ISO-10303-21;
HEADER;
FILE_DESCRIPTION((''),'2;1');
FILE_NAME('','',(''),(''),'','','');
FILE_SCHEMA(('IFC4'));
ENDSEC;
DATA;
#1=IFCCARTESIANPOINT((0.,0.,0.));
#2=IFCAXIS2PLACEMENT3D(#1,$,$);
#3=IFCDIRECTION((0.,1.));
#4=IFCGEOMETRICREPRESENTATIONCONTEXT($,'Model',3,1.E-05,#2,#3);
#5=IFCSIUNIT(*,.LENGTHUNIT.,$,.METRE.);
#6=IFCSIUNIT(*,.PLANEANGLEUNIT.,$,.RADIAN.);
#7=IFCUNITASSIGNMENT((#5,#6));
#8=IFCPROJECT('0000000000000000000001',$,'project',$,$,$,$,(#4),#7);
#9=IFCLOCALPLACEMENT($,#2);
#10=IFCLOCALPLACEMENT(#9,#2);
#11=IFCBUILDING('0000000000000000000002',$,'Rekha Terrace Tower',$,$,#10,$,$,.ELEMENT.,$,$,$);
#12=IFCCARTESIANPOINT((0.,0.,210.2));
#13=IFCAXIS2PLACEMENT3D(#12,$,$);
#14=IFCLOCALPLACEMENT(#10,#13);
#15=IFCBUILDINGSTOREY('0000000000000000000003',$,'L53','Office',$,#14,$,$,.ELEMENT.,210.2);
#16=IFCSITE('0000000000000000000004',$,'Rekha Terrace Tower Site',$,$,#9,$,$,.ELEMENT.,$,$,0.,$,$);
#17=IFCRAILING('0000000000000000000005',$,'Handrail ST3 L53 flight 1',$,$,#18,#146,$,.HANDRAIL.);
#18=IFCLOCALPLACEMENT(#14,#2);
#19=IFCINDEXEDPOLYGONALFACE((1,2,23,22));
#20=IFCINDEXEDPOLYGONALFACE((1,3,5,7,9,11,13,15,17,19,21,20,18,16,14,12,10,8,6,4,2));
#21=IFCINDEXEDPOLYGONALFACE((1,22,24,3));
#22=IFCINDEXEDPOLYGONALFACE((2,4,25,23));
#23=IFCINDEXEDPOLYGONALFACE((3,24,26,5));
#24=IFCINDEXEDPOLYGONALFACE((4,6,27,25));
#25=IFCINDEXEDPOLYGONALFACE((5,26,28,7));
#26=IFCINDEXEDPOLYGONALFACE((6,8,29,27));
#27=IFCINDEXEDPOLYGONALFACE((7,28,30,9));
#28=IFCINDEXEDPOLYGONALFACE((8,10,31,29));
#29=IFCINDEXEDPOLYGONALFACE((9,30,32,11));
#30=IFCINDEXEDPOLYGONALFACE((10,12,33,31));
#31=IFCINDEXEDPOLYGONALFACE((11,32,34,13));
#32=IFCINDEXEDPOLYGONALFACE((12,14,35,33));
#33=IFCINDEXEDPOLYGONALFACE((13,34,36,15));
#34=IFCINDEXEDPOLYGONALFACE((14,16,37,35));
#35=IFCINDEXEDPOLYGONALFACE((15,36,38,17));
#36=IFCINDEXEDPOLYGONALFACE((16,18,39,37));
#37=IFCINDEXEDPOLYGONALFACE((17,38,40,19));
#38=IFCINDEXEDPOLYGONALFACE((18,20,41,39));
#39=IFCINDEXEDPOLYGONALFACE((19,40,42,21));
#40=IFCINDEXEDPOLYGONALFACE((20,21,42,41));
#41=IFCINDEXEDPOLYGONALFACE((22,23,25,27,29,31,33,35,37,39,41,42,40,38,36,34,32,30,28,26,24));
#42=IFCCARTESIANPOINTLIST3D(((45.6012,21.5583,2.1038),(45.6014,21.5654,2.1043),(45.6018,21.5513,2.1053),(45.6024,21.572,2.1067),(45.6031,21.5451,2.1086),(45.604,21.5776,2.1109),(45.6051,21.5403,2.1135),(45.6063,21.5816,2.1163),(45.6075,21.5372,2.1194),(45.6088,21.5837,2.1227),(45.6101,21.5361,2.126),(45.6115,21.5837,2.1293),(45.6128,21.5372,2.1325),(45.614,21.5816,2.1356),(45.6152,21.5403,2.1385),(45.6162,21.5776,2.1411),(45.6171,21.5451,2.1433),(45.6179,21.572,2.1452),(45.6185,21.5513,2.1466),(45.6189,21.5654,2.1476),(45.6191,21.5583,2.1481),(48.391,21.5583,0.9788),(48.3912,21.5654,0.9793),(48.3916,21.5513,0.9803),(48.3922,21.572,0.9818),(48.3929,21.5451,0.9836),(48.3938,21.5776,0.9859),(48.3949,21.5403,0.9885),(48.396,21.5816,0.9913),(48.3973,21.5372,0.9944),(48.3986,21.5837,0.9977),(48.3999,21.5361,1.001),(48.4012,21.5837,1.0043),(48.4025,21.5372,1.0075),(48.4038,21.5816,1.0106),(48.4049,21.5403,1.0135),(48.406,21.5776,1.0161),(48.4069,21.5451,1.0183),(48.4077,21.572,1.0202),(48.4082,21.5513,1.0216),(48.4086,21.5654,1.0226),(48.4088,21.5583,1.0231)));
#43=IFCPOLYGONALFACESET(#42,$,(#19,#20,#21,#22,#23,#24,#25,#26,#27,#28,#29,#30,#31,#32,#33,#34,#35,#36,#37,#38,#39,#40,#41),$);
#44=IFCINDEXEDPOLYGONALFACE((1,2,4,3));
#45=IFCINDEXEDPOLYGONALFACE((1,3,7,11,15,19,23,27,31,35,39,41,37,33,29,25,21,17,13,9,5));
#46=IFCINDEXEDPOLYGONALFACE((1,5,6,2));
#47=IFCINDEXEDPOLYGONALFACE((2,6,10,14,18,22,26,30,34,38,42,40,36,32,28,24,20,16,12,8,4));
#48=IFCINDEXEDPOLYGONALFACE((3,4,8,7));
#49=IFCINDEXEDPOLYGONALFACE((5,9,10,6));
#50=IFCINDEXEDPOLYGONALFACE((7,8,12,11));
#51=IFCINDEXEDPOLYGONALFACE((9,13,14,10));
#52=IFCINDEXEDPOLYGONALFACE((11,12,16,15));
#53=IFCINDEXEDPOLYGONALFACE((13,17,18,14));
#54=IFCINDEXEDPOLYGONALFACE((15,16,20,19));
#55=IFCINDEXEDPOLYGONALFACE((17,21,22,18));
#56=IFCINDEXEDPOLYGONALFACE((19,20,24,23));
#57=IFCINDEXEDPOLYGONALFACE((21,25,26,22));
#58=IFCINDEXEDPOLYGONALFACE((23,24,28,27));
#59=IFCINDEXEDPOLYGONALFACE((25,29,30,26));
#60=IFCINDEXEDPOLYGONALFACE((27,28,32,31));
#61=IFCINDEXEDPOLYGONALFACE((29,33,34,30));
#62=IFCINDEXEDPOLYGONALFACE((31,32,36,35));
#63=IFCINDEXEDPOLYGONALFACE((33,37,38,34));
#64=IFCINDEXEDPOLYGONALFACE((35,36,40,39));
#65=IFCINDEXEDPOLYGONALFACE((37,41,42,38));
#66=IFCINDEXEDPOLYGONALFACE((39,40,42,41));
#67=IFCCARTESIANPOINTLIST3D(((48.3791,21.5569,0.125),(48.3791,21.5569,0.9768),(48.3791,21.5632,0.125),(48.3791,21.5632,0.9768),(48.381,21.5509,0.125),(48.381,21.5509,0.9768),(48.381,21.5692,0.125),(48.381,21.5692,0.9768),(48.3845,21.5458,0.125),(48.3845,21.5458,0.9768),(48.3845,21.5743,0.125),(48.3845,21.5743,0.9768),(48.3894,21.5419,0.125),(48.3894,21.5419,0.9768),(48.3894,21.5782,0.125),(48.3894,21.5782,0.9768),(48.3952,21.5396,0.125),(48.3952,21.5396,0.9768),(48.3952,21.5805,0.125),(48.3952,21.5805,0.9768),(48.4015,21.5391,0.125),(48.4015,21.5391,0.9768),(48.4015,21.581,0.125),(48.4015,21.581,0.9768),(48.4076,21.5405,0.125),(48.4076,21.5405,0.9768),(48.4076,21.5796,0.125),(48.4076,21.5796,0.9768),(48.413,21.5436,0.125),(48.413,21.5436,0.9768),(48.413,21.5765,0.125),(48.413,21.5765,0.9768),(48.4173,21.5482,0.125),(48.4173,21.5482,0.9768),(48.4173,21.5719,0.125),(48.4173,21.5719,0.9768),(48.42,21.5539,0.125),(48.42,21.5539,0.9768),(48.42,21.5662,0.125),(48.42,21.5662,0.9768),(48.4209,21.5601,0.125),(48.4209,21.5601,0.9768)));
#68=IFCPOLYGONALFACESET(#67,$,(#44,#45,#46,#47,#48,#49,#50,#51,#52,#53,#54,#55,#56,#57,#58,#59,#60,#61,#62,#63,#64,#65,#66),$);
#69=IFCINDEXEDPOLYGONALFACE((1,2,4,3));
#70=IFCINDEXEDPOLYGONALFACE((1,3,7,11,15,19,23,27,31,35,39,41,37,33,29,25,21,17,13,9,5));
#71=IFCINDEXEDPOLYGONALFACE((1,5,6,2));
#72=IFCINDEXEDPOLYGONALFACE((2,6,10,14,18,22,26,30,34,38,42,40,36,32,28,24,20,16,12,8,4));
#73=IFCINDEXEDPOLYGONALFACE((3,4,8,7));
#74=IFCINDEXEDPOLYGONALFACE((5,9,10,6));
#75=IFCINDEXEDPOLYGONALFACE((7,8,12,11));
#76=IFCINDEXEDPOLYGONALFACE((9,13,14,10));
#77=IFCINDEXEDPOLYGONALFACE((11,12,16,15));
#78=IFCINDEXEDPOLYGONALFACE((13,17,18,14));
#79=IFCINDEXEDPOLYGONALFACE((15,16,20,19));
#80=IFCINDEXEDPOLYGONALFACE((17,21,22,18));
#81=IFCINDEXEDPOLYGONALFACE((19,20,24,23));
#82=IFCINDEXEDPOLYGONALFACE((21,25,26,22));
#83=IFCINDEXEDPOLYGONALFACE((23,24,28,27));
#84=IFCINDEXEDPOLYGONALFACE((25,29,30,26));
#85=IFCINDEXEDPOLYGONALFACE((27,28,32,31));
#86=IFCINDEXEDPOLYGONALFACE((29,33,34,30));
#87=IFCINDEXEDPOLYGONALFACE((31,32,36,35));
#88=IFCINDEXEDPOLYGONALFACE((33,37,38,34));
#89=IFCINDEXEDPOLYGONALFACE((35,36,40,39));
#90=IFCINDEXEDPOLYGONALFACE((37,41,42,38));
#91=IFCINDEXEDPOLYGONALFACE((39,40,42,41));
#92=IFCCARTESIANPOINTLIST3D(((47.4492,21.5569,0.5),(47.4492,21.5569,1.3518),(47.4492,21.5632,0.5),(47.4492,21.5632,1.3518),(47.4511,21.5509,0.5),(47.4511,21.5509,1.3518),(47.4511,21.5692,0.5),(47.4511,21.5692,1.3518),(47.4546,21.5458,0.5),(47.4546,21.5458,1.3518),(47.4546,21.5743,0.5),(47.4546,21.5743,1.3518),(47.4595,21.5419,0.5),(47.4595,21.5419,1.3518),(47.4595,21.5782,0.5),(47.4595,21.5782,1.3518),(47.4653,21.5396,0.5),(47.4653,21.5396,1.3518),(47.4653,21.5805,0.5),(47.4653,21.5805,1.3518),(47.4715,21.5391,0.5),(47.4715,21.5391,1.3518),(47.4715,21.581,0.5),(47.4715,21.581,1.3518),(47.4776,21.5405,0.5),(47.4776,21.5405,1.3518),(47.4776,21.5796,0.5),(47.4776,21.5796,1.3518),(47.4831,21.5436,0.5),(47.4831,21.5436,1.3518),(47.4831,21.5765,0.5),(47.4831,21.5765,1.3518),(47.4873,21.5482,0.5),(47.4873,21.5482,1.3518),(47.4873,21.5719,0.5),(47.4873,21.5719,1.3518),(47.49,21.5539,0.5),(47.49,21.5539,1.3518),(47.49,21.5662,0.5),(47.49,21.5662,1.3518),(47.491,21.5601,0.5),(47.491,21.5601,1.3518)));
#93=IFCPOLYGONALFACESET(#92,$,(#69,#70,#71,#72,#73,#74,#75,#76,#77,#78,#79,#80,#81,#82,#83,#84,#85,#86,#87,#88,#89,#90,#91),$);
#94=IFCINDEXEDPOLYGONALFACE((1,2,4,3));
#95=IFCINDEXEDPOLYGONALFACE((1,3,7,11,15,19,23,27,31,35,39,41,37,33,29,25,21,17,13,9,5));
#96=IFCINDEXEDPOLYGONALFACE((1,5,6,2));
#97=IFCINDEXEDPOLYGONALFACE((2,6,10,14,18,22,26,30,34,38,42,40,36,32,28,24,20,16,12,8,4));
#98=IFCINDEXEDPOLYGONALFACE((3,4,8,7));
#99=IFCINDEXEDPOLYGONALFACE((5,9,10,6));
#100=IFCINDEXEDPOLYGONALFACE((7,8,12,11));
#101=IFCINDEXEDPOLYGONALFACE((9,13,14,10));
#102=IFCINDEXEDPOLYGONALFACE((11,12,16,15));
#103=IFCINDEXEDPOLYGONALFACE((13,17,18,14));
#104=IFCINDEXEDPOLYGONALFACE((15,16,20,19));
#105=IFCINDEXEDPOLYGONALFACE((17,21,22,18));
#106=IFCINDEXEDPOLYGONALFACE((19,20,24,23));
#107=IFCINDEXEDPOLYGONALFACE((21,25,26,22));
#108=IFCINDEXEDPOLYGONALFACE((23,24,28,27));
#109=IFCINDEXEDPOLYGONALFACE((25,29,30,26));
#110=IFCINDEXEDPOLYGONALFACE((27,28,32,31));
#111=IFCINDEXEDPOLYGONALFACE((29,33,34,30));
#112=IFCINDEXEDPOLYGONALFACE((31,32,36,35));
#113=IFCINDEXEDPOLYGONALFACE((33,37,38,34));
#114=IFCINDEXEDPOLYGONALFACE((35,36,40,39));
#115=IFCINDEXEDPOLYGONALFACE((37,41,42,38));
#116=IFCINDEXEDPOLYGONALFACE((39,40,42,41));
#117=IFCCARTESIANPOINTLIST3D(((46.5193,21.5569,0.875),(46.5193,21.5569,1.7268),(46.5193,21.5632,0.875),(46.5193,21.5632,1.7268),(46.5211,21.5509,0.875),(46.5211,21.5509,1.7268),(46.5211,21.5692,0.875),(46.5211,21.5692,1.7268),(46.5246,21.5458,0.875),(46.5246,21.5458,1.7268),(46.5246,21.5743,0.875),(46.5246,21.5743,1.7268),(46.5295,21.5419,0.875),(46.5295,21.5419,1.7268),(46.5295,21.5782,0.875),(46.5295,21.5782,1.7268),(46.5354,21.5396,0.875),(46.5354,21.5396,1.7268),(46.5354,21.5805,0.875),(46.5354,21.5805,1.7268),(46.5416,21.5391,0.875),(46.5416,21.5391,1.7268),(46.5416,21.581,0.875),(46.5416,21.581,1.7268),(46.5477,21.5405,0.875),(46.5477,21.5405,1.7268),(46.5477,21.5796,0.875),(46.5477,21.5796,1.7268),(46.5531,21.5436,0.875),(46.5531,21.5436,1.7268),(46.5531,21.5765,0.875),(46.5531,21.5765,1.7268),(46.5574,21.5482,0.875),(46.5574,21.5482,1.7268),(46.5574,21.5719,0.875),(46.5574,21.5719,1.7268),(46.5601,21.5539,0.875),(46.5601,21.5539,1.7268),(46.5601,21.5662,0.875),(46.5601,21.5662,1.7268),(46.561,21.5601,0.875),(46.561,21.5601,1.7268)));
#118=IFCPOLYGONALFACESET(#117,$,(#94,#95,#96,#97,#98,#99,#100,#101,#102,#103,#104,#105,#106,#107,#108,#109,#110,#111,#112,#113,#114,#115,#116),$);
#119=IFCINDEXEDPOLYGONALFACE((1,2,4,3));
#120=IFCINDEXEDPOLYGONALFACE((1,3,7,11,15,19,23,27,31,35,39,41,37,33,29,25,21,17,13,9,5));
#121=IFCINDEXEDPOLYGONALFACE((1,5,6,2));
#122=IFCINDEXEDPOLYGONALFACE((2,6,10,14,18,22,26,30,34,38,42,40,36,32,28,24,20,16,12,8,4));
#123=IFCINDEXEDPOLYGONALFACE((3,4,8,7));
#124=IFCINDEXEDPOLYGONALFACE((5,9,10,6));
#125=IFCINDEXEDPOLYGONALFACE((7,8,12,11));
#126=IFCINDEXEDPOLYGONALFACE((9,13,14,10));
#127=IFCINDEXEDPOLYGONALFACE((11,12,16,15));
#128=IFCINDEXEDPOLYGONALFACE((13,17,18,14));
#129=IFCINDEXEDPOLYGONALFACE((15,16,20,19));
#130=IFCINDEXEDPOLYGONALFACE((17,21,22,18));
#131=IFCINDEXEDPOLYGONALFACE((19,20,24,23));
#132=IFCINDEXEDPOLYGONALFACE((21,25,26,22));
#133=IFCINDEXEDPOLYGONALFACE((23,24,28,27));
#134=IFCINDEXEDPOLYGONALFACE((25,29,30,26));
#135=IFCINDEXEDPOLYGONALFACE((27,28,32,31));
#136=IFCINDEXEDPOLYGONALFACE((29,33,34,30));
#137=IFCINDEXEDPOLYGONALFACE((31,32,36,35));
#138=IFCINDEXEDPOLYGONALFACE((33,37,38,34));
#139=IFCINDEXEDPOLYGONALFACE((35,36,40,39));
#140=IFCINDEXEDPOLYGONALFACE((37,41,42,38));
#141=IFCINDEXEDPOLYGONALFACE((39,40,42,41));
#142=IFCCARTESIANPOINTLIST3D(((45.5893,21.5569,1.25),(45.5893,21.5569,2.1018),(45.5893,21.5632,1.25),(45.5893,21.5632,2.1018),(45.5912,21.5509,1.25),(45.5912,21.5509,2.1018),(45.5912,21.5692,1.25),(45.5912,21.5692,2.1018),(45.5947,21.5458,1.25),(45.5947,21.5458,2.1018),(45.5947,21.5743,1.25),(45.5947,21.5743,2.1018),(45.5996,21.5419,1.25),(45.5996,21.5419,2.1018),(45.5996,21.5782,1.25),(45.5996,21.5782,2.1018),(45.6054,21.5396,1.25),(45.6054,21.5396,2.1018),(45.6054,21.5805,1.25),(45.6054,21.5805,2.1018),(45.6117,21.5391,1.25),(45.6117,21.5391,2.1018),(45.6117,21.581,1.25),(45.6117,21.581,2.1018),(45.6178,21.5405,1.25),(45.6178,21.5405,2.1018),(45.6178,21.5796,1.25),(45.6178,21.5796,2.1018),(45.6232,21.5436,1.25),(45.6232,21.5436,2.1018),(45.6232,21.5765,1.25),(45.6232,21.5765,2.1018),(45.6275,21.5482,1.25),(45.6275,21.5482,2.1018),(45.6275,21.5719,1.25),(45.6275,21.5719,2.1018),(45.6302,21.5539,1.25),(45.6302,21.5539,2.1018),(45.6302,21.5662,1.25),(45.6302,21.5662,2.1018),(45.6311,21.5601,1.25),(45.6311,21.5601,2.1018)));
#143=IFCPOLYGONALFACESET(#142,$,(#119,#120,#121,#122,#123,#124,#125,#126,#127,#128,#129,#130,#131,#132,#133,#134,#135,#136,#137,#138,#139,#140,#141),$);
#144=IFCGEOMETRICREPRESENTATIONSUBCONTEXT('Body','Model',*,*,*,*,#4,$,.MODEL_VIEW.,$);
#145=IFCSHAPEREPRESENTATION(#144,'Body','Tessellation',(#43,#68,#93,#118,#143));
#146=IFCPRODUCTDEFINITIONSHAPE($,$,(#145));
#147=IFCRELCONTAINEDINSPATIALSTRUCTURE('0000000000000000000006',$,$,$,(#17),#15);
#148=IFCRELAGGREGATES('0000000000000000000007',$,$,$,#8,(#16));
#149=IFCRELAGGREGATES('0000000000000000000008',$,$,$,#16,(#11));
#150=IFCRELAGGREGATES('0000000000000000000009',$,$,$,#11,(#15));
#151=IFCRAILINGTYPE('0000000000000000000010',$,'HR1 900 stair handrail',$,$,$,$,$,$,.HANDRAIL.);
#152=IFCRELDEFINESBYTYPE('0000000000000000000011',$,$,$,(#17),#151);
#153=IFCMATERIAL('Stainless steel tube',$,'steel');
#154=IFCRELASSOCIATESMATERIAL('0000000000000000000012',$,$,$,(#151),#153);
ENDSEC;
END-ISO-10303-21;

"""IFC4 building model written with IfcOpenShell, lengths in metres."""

from ifc_helpers import new_model, si_unit, direction, frame, origin, origin_2d, place, context, subcontext, project, spatial, circle, extrude, material, type_object, element, save


model = new_model("IFC4")

# Units and contexts
model_context = context("Model", 3, precision=1e-05, world=origin(), true_north=direction((0.0, 1.0)))
body_context = subcontext(model_context, "Body", "Model", "MODEL_VIEW")
ifc_project = project(units=[si_unit("LENGTHUNIT", "METRE"), si_unit("PLANEANGLEUNIT", "RADIAN")], contexts=[model_context])

# Site, building, storey
site_placement = place(None, origin())
site = spatial("IfcSite", under=ifc_project, at=site_placement, Name="Rekha Terrace Tower Site", CompositionType="ELEMENT", RefElevation=0.0)
building_placement = place(site_placement, origin())
building = spatial("IfcBuilding", under=site, at=building_placement, Name="Rekha Terrace Tower", CompositionType="ELEMENT")
storey_placement = place(building_placement, frame((0.0, 0.0, 210.2)))
storey = spatial("IfcBuildingStorey", under=building, at=storey_placement, Name="L53", Description="Office", CompositionType="ELEMENT", Elevation=210.2)

# Railing
ifc_material_1 = material(Name="Stainless steel tube", Category="steel")
railing_type_1 = type_object("IfcRailingType", Name="HR1 900 stair handrail", PredefinedType="HANDRAIL", material=ifc_material_1)
railing_1_placement = place(storey_placement, frame((48.3999, 21.5601, 0.125)))
element("IfcRailing", 1, at=railing_1_placement, inside=storey, type_object=railing_type_1, Name="Handrail ST3 L53 flight 1", PredefinedType="HANDRAIL", context=body_context, shape_type="SweptSolid", body=[
    extrude(circle(Radius=0.0239, at=origin_2d()), frame((0.0, 0.0, 0.876), z_axis=(-0.927432, 0.0, 0.373992), x_axis=(0.0, -1.0, 0.0)), (0.0, 0.0, 1.0), 3.0081),
    extrude(circle(Radius=0.021, at=origin_2d()), origin(), (0.0, 0.0, 1.0), 0.8518),
    extrude(circle(Radius=0.021, at=origin_2d()), frame((-0.9299, 0.0, 0.375)), (0.0, 0.0, 1.0), 0.8518),
    extrude(circle(Radius=0.021, at=origin_2d()), frame((-1.8599, 0.0, 0.75)), (0.0, 0.0, 1.0), 0.8518),
    extrude(circle(Radius=0.021, at=origin_2d()), frame((-2.7898, 0.0, 1.125)), (0.0, 0.0, 1.0), 0.8518),
])

save(model, "model.ifc")
